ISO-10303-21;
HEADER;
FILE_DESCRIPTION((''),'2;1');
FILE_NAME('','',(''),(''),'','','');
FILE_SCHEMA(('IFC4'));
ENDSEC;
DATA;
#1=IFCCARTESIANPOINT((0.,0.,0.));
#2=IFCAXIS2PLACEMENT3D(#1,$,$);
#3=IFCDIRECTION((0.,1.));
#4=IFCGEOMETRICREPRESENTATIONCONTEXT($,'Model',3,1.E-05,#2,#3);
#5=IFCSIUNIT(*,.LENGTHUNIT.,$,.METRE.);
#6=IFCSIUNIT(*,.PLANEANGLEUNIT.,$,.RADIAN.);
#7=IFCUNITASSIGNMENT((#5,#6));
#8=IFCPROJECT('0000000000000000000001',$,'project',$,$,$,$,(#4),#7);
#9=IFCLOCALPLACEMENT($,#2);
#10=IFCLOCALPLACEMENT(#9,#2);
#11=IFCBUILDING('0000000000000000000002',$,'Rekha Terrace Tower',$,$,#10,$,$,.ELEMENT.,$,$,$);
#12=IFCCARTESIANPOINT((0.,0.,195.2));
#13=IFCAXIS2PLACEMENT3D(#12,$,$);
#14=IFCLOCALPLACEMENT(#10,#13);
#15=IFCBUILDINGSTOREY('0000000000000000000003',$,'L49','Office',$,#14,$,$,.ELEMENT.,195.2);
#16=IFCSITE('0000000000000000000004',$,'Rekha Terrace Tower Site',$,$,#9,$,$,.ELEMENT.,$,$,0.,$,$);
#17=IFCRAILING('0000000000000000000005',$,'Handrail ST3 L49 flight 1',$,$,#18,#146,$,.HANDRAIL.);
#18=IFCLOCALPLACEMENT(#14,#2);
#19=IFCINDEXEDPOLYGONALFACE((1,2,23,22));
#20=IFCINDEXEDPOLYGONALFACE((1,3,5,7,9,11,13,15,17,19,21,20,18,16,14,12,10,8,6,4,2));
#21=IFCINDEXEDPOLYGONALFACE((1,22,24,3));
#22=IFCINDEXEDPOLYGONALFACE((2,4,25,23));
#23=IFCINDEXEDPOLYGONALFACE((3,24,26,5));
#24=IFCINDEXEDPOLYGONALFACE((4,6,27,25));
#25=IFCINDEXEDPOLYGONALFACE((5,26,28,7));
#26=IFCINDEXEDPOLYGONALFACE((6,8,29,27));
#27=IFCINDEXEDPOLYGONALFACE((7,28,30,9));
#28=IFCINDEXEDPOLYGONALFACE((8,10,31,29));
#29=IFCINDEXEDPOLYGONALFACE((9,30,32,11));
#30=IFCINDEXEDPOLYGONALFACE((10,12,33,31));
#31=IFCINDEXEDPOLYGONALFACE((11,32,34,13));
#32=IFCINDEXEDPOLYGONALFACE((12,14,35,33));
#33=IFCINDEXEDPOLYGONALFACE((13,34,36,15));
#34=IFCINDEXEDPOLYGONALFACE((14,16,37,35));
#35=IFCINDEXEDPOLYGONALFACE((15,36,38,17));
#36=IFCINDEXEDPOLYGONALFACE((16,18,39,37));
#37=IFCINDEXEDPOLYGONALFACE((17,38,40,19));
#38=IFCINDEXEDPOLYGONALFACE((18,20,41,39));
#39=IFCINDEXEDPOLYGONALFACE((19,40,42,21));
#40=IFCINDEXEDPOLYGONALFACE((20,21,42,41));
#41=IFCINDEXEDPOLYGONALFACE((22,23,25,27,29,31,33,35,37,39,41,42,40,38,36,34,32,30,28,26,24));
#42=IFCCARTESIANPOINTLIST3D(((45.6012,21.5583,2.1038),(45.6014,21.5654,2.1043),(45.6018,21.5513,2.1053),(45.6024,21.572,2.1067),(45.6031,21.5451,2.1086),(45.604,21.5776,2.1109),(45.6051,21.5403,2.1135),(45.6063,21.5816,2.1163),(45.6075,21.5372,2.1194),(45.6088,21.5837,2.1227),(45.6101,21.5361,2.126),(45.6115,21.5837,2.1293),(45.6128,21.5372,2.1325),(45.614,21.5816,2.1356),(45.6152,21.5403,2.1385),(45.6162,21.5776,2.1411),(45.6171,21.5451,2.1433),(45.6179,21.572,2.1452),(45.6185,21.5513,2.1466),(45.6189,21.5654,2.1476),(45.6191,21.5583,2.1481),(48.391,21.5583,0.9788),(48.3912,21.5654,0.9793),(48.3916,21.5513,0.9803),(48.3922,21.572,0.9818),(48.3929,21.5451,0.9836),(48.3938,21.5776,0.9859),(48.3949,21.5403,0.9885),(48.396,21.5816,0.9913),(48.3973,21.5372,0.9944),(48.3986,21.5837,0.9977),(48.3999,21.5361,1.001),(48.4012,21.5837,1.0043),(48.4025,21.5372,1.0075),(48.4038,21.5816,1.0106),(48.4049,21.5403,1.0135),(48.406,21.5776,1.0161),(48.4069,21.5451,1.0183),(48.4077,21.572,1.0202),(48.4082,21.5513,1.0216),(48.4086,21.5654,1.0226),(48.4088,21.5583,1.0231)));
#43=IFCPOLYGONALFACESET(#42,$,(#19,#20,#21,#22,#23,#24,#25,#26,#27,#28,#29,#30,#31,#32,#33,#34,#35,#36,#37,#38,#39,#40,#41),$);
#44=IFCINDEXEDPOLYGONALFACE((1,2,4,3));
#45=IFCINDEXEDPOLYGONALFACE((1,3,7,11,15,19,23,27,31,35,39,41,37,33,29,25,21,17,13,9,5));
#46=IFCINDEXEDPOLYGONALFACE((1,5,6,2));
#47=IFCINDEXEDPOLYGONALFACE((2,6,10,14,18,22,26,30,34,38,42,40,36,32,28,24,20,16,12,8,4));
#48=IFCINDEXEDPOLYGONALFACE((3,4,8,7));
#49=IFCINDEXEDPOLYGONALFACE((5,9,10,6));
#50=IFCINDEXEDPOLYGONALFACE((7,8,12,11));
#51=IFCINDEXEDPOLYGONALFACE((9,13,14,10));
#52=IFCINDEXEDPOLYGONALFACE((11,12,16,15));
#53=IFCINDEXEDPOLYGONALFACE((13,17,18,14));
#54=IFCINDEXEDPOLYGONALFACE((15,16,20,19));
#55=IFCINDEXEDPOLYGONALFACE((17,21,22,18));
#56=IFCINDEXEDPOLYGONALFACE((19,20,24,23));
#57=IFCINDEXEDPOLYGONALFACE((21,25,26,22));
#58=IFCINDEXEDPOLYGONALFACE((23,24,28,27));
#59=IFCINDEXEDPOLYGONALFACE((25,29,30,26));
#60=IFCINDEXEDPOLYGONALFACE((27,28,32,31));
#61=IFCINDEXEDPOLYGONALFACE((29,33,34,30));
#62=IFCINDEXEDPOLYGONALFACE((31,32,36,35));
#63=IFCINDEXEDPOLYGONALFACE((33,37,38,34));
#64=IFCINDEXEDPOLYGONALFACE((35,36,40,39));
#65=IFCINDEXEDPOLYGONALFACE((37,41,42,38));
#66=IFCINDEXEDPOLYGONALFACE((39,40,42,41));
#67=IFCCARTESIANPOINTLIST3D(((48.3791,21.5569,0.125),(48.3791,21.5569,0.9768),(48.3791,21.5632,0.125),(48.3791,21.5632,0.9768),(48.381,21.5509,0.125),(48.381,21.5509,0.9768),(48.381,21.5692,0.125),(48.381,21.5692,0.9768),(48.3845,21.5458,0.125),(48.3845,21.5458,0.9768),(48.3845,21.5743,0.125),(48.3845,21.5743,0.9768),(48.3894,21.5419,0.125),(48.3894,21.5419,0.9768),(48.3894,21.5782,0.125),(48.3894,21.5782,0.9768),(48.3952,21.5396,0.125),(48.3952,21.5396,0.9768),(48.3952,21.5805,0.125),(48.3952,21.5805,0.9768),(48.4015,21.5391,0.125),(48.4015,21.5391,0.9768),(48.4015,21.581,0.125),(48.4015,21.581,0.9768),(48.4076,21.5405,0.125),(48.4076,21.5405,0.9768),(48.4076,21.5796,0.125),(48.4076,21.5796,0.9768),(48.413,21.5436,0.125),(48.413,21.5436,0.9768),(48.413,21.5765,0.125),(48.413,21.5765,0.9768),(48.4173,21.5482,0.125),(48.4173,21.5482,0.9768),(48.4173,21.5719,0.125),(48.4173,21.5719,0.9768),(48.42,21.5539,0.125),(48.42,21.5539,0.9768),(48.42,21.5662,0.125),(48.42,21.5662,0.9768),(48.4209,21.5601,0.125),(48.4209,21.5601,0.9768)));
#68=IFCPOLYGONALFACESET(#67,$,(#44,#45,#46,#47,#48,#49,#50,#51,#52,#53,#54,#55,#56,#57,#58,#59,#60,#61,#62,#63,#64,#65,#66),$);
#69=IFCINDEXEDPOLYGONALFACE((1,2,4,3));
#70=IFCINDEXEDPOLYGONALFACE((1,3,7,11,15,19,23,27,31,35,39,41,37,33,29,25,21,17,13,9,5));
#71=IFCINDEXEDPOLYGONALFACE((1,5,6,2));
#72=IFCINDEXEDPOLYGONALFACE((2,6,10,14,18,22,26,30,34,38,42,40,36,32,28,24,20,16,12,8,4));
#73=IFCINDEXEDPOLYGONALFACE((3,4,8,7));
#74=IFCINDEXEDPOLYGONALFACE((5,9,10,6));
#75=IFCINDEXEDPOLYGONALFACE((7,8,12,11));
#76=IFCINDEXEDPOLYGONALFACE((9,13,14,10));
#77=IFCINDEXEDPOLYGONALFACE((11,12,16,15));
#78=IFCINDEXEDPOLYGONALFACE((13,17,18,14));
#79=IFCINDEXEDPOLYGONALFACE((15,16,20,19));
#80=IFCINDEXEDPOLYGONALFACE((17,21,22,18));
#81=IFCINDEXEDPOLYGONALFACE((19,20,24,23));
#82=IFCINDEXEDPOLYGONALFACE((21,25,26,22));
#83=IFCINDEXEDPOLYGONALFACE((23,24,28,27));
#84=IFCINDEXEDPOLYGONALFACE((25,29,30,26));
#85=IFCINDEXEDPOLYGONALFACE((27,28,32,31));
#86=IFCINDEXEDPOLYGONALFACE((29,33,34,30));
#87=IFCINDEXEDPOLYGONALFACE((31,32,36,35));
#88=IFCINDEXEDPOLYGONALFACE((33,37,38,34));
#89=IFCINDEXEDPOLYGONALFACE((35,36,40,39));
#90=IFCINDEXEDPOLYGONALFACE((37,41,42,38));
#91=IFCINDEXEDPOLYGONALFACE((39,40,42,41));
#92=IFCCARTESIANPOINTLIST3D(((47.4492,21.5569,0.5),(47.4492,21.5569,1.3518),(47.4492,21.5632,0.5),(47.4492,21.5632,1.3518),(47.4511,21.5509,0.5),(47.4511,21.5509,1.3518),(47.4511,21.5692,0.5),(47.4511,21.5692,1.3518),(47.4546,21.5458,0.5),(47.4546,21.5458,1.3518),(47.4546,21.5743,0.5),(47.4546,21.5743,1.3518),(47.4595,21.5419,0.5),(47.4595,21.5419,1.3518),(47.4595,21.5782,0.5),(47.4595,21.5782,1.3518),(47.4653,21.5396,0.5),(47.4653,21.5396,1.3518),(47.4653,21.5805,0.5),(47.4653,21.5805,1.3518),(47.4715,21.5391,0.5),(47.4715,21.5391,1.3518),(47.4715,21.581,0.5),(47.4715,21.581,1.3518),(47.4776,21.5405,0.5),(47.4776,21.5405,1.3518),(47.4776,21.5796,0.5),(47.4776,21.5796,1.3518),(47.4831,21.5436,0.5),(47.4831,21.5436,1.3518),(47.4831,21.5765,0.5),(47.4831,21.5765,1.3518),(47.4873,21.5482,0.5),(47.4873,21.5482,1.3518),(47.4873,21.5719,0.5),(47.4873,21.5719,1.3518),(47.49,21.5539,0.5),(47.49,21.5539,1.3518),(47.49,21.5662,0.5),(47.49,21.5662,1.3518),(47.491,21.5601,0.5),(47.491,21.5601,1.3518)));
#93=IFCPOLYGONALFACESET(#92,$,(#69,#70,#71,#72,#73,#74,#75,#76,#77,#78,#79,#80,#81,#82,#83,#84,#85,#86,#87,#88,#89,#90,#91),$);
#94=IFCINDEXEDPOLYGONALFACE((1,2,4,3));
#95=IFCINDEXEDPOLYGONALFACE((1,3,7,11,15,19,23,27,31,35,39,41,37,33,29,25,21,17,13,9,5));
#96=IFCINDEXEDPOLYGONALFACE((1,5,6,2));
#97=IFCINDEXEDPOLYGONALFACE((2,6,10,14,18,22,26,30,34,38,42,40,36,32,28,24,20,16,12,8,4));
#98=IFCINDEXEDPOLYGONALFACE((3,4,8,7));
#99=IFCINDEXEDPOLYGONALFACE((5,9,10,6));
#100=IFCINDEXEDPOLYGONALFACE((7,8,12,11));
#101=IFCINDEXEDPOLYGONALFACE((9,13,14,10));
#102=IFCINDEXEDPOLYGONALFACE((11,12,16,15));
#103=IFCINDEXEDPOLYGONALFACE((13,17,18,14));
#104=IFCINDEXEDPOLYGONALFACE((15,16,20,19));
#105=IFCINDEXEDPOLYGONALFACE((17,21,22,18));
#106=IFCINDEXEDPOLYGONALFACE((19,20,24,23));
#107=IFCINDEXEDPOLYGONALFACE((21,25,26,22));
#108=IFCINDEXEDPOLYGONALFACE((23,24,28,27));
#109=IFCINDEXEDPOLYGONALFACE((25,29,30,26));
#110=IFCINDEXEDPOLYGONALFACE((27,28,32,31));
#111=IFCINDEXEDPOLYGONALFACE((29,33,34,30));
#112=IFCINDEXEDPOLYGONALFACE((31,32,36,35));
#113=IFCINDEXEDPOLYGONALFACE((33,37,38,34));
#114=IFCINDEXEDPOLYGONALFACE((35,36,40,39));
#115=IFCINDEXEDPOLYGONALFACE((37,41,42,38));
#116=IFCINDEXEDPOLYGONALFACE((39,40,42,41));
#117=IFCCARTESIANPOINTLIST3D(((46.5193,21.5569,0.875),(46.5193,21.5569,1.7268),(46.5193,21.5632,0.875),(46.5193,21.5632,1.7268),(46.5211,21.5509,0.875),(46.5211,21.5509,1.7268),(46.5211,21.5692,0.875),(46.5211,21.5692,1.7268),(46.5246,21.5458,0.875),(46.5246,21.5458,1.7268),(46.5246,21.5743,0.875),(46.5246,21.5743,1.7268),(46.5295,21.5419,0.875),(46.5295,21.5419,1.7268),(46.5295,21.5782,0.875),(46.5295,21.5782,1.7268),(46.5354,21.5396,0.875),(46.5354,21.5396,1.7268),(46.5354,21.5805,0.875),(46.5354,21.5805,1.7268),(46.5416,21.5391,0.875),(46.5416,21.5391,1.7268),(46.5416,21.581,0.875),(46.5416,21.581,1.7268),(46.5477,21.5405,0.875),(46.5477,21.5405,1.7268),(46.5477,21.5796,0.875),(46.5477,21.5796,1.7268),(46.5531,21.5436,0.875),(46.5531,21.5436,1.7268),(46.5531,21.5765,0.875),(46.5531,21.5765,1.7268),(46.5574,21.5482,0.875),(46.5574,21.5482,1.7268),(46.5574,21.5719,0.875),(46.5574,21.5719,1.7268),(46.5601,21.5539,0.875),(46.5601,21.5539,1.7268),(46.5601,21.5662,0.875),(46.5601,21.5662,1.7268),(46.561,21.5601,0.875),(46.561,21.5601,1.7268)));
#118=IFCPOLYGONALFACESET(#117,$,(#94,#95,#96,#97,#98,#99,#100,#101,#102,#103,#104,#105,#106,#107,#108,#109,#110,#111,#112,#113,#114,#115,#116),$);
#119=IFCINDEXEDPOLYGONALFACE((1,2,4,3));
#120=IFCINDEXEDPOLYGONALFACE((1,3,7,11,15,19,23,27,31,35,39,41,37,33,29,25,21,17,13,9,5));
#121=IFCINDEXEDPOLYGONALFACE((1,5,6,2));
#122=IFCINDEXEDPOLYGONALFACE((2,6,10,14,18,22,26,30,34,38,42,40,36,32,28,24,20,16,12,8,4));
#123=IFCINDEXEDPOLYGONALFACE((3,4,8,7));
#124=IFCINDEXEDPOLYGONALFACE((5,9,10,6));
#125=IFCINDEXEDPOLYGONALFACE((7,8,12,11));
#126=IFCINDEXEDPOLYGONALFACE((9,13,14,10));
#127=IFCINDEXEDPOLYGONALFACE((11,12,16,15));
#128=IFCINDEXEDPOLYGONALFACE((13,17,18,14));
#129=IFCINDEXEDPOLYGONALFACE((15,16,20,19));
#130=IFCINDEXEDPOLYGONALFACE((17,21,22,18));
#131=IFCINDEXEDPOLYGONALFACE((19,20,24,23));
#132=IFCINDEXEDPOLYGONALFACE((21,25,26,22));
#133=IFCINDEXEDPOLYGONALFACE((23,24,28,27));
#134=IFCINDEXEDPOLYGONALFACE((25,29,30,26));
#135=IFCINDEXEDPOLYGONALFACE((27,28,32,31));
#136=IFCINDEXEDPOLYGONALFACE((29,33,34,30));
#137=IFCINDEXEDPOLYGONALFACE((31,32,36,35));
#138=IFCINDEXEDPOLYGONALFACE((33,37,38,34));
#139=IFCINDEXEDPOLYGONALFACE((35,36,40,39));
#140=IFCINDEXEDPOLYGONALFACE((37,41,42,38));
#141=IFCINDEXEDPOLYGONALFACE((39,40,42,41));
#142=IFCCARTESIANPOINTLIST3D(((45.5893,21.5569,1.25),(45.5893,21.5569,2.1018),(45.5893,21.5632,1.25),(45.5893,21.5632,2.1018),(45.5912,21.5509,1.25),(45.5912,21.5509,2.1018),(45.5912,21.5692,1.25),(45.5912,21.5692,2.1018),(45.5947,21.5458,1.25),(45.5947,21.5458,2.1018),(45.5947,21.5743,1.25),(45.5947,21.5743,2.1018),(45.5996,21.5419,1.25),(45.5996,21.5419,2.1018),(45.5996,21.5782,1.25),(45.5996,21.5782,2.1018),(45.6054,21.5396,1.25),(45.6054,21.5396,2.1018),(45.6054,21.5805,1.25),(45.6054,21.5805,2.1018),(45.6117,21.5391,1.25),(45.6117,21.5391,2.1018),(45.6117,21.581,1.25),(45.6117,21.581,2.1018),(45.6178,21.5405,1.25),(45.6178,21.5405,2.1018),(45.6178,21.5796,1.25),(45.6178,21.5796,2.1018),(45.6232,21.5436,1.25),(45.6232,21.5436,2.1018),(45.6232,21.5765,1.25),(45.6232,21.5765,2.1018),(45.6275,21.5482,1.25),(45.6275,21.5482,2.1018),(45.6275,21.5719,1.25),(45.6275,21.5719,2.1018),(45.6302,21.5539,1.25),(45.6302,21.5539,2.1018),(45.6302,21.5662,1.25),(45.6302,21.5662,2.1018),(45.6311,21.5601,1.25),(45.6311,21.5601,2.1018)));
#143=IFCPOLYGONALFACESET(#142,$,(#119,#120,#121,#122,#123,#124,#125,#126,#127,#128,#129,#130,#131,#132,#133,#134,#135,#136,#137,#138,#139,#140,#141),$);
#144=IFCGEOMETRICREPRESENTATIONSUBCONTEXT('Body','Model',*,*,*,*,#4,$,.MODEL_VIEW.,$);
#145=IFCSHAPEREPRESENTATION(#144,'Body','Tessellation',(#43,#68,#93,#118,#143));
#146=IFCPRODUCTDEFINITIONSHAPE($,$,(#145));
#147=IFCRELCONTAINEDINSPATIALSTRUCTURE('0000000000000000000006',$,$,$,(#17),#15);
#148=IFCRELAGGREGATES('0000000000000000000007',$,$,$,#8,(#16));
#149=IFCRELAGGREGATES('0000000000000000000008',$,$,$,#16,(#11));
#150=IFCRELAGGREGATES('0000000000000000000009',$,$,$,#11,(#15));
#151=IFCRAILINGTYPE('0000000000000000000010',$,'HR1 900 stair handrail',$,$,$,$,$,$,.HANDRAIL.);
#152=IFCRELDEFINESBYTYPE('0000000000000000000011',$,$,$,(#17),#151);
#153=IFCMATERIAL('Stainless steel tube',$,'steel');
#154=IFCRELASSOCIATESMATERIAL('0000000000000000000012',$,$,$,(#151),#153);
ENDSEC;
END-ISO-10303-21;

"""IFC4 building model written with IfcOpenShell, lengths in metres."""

from ifc_helpers import new_model, si_unit, direction, frame, origin, origin_2d, place, context, subcontext, project, spatial, circle, extrude, material, type_object, element, save


model = new_model("IFC4")

# Units and contexts
model_context = context("Model", 3, precision=1e-05, world=origin(), true_north=direction((0.0, 1.0)))
body_context = subcontext(model_context, "Body", "Model", "MODEL_VIEW")
ifc_project = project(units=[si_unit("LENGTHUNIT", "METRE"), si_unit("PLANEANGLEUNIT", "RADIAN")], contexts=[model_context])

# Site, building, storey
site_placement = place(None, origin())
site = spatial("IfcSite", under=ifc_project, at=site_placement, Name="Rekha Terrace Tower Site", CompositionType="ELEMENT", RefElevation=0.0)
building_placement = place(site_placement, origin())
building = spatial("IfcBuilding", under=site, at=building_placement, Name="Rekha Terrace Tower", CompositionType="ELEMENT")
storey_placement = place(building_placement, frame((0.0, 0.0, 195.2)))
storey = spatial("IfcBuildingStorey", under=building, at=storey_placement, Name="L49", Description="Office", CompositionType="ELEMENT", Elevation=195.2)

# Railing
ifc_material_1 = material(Name="Stainless steel tube", Category="steel")
railing_type_1 = type_object("IfcRailingType", Name="HR1 900 stair handrail", PredefinedType="HANDRAIL", material=ifc_material_1)
railing_1_placement = place(storey_placement, frame((48.3999, 21.5601, 0.125)))
element("IfcRailing", 1, at=railing_1_placement, inside=storey, type_object=railing_type_1, Name="Handrail ST3 L49 flight 1", PredefinedType="HANDRAIL", context=body_context, shape_type="SweptSolid", body=[
    extrude(circle(Radius=0.0239, at=origin_2d()), frame((0.0, 0.0, 0.876), z_axis=(-0.927432, 0.0, 0.373992), x_axis=(0.0, -1.0, 0.0)), (0.0, 0.0, 1.0), 3.0081),
    extrude(circle(Radius=0.021, at=origin_2d()), origin(), (0.0, 0.0, 1.0), 0.8518),
    extrude(circle(Radius=0.021, at=origin_2d()), frame((-0.9299, 0.0, 0.375)), (0.0, 0.0, 1.0), 0.8518),
    extrude(circle(Radius=0.021, at=origin_2d()), frame((-1.8599, 0.0, 0.75)), (0.0, 0.0, 1.0), 0.8518),
    extrude(circle(Radius=0.021, at=origin_2d()), frame((-2.7898, 0.0, 1.125)), (0.0, 0.0, 1.0), 0.8518),
])

save(model, "model.ifc")
